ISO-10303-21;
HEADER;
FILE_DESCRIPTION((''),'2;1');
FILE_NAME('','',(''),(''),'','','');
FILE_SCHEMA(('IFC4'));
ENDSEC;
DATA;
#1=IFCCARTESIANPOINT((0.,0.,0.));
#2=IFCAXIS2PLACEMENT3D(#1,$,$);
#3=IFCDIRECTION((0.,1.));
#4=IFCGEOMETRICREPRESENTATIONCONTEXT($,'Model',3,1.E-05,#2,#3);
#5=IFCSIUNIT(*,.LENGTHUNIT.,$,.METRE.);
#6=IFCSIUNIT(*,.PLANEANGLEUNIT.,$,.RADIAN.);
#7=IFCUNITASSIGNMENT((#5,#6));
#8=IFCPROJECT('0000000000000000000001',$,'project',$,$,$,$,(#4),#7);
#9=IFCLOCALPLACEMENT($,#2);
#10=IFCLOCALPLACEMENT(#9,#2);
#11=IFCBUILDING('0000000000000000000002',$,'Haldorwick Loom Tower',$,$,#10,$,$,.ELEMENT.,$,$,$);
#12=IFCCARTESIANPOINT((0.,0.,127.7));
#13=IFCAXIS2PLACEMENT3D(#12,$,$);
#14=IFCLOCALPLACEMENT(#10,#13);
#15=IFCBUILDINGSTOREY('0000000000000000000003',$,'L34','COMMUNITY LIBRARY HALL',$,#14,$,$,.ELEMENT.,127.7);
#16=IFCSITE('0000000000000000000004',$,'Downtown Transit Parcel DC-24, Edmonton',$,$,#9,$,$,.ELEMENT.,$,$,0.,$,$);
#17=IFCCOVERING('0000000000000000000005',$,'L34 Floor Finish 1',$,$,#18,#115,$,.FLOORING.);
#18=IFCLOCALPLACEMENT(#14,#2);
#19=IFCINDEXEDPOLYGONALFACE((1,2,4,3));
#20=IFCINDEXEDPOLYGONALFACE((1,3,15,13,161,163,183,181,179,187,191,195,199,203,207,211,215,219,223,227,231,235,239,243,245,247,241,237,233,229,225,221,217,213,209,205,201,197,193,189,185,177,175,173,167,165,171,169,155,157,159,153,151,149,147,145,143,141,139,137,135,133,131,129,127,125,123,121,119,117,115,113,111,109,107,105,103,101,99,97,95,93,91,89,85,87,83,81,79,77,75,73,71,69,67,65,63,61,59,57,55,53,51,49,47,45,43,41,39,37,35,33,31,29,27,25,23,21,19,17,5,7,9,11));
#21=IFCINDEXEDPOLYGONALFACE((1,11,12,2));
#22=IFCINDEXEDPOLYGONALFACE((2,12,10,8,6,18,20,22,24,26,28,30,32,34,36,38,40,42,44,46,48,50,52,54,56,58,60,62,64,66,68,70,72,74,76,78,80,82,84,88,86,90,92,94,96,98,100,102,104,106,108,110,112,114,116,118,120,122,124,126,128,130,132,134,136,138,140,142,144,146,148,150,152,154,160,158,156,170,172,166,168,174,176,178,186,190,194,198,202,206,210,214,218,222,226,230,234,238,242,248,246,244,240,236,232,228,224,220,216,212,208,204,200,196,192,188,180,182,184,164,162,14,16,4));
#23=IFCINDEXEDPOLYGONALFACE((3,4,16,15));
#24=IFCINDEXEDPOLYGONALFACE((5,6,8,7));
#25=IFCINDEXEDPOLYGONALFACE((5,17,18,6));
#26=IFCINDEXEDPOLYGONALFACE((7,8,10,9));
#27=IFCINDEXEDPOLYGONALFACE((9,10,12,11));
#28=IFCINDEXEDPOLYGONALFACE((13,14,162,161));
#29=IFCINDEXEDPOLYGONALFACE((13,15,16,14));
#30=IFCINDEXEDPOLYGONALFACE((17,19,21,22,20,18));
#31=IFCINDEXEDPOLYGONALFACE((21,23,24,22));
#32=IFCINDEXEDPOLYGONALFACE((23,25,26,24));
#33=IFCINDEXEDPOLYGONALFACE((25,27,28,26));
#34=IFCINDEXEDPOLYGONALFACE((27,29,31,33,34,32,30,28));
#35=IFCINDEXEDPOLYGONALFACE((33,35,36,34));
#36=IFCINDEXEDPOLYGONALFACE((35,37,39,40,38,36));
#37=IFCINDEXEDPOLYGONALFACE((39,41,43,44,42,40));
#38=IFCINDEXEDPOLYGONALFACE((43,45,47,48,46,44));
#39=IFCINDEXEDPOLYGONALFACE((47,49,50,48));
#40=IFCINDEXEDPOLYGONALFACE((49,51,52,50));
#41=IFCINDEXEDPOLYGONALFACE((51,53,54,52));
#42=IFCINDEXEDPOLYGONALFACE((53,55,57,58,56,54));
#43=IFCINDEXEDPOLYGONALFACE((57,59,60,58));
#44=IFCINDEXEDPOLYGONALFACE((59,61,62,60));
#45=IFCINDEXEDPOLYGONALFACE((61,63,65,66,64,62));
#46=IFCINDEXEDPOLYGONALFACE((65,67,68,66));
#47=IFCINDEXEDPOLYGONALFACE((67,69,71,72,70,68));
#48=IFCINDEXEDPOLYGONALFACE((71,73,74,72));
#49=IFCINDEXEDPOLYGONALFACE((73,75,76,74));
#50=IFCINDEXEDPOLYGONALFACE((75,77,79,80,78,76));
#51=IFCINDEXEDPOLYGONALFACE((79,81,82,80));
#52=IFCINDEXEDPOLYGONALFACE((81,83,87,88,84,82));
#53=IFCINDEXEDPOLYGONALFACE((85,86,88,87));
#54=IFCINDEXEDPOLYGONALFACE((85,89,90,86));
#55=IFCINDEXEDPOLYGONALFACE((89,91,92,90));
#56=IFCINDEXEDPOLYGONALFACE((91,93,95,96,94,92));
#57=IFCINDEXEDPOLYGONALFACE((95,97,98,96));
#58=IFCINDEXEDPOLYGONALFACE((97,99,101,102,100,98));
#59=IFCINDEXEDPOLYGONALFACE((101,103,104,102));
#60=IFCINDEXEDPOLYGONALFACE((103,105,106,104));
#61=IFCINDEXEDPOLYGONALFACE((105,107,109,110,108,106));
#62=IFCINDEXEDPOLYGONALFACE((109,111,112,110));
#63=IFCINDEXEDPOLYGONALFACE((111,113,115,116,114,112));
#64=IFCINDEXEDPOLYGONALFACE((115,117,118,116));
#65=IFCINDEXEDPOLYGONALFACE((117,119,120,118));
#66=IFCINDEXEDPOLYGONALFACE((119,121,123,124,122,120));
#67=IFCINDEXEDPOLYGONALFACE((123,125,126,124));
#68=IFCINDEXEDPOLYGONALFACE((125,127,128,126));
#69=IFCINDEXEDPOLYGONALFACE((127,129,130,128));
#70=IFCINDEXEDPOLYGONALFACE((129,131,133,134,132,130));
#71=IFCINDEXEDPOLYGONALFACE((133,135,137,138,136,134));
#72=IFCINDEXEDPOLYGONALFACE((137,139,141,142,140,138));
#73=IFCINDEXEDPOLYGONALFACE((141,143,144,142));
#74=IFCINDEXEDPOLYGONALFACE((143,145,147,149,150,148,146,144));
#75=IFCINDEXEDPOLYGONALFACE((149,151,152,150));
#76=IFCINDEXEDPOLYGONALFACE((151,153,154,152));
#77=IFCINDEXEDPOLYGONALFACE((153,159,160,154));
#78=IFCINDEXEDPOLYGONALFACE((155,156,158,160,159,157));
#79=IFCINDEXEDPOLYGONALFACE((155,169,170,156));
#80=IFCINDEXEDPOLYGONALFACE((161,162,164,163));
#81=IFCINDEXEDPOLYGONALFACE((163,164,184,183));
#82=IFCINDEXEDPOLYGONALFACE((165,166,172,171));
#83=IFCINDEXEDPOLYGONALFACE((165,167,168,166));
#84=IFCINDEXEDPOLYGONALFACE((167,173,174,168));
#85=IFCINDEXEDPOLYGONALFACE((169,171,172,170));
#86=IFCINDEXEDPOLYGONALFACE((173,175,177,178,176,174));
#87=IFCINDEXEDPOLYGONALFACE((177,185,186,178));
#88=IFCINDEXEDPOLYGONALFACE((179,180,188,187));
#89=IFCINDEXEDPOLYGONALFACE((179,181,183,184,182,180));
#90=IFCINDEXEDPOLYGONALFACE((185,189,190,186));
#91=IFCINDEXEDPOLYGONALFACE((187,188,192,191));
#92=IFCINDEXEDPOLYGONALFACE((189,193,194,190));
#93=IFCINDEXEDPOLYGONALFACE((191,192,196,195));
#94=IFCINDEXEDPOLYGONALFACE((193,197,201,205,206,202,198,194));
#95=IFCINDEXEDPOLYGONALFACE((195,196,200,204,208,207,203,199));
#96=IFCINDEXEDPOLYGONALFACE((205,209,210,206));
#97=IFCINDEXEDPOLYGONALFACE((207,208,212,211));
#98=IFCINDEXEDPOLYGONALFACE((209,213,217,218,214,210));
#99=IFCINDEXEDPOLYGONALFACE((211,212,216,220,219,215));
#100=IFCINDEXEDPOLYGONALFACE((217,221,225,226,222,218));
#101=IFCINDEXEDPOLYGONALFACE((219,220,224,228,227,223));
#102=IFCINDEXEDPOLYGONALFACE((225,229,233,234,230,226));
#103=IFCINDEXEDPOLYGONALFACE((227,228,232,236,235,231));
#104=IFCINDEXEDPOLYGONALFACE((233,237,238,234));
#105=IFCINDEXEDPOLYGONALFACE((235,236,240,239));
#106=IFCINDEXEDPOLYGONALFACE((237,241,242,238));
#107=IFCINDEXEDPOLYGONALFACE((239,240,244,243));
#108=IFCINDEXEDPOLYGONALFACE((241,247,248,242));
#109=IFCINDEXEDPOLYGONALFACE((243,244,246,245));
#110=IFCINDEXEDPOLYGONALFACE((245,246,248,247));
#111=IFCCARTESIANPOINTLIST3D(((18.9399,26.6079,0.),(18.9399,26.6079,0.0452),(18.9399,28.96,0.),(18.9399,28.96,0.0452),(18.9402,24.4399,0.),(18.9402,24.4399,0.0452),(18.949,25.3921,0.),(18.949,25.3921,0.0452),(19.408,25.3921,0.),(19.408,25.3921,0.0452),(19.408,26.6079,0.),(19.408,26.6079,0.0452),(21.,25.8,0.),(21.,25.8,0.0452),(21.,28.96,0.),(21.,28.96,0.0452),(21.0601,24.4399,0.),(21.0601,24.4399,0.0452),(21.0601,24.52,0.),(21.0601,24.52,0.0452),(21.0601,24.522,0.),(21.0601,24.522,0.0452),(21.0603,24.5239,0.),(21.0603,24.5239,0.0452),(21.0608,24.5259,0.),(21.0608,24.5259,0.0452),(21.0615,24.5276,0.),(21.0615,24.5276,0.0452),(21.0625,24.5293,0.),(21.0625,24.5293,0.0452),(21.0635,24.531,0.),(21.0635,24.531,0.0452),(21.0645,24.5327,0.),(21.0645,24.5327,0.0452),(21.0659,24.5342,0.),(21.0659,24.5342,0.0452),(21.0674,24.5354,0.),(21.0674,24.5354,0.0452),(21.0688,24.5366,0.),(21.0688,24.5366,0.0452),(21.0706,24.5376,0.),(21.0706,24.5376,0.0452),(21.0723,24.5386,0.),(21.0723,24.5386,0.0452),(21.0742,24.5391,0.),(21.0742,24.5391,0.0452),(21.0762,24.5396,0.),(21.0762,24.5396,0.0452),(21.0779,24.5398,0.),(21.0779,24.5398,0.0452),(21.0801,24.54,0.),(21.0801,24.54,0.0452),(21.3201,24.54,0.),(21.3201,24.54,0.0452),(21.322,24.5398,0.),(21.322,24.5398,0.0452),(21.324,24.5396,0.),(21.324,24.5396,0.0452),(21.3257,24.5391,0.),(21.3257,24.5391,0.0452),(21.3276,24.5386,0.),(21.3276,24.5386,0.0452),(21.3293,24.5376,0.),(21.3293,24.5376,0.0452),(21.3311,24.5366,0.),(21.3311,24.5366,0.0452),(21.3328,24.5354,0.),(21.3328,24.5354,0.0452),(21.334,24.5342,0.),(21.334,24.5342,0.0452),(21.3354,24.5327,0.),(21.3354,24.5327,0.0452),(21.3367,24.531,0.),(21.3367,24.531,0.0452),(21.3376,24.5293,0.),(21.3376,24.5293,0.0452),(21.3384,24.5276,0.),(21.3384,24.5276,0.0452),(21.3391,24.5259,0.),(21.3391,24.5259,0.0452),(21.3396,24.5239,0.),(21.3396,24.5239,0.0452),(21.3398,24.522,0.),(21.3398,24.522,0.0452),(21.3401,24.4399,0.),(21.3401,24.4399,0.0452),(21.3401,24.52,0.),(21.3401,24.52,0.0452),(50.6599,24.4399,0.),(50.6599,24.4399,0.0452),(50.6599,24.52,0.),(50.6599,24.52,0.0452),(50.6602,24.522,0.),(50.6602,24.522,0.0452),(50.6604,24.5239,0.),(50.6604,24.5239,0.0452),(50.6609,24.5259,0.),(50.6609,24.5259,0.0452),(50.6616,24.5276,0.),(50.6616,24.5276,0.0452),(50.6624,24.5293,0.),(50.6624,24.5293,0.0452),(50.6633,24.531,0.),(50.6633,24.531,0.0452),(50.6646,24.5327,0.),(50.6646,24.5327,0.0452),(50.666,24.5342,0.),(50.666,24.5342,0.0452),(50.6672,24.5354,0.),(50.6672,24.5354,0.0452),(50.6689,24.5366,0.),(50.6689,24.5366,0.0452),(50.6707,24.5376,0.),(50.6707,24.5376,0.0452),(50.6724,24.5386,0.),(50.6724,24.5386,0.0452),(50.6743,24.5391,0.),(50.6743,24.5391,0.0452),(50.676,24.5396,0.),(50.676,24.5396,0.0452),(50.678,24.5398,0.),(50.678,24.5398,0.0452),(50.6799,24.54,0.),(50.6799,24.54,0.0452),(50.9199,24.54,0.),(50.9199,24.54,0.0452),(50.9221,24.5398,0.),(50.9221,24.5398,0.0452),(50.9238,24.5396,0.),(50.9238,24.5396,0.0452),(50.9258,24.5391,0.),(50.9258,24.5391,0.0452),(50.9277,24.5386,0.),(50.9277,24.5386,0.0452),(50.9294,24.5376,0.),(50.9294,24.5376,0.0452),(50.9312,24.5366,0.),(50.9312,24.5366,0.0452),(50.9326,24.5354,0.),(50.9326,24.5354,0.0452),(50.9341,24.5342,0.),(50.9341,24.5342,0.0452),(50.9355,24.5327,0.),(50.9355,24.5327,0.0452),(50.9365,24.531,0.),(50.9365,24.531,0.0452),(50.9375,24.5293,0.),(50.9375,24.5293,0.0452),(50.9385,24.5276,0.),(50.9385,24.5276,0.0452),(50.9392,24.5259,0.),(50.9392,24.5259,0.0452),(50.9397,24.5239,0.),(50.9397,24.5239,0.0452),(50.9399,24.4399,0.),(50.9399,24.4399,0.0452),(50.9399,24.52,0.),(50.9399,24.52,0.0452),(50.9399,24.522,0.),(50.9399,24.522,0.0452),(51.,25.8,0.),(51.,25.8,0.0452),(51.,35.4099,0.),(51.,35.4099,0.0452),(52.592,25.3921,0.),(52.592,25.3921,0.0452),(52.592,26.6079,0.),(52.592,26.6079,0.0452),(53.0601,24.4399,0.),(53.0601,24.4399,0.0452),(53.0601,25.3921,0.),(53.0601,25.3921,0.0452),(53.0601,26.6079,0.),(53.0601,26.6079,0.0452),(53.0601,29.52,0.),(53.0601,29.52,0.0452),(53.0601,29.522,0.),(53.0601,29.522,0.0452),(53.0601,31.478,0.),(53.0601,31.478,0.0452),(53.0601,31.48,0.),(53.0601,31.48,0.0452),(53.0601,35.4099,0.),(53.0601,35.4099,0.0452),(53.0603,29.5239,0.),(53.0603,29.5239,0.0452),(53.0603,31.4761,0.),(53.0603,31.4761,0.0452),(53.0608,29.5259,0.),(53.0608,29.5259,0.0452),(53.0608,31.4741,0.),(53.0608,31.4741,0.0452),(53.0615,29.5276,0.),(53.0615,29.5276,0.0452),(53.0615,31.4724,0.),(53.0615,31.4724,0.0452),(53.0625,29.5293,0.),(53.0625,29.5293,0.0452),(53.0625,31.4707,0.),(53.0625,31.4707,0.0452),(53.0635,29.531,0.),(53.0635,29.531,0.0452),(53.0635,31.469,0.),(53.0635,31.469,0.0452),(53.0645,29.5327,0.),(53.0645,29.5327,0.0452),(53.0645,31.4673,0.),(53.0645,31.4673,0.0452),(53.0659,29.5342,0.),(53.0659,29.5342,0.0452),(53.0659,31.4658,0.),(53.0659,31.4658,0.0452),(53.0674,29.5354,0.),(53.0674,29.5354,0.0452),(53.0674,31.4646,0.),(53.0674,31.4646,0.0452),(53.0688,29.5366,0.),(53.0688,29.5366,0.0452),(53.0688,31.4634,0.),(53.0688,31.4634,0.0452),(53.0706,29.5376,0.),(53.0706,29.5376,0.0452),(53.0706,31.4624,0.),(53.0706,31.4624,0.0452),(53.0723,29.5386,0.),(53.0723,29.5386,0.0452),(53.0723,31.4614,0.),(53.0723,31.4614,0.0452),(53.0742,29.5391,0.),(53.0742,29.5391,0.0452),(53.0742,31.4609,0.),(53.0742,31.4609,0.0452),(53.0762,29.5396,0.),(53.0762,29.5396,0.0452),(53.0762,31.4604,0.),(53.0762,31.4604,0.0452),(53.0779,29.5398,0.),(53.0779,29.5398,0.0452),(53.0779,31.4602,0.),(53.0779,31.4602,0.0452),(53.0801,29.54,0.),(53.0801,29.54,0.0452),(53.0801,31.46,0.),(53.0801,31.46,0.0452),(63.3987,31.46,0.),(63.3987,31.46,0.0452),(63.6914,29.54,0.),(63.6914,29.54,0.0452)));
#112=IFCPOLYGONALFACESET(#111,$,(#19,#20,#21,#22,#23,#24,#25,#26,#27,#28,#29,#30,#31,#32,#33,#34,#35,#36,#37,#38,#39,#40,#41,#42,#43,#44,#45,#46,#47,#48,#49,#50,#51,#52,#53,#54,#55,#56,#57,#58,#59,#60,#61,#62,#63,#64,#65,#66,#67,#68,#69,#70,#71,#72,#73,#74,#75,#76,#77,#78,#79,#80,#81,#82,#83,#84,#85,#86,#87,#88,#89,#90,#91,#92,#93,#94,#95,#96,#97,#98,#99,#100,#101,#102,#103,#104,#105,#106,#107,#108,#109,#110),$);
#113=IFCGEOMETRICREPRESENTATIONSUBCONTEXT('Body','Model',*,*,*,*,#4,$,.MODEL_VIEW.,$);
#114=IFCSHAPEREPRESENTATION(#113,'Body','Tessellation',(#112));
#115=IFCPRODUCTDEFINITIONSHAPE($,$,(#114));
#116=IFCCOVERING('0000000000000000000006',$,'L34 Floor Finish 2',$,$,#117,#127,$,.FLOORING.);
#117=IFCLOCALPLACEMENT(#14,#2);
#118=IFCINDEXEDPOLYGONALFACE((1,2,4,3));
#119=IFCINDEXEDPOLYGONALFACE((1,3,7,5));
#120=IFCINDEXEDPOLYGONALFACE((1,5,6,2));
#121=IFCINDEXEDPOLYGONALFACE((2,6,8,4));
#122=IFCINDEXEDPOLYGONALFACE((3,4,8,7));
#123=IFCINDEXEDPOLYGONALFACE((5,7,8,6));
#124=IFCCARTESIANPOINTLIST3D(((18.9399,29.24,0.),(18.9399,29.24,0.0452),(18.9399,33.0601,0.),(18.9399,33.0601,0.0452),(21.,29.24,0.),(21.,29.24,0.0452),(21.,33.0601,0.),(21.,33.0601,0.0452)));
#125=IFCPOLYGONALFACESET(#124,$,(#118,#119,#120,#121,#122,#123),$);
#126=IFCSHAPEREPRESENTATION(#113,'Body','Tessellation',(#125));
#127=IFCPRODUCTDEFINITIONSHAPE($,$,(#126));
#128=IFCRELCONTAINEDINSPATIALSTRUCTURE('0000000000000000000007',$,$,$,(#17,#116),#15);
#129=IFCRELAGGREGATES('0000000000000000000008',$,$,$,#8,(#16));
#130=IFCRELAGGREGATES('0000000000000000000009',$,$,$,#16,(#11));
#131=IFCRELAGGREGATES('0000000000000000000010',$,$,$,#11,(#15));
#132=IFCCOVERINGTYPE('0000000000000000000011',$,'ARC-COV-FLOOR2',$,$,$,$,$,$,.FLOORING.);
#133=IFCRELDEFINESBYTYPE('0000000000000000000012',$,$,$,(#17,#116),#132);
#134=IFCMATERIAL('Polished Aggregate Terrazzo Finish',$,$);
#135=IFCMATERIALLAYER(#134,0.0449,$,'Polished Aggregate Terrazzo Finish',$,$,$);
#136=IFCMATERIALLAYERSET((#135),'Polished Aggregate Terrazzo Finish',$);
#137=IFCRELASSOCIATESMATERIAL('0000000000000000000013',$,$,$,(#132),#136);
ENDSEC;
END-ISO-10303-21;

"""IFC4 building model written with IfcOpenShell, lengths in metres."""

from ifc_helpers import new_model, si_unit, direction, frame, origin, place, context, subcontext, project, spatial, polyline, outline, extrude, material, layer, layer_set, type_object, element, save


model = new_model("IFC4")

# Units and contexts
model_context = context("Model", 3, precision=1e-05, world=origin(), true_north=direction((0.0, 1.0)))
body_context = subcontext(model_context, "Body", "Model", "MODEL_VIEW")
ifc_project = project(units=[si_unit("LENGTHUNIT", "METRE"), si_unit("PLANEANGLEUNIT", "RADIAN")], contexts=[model_context])

# Site, building, storey
site_placement = place(None, origin())
site = spatial("IfcSite", under=ifc_project, at=site_placement, Name="Downtown Transit Parcel DC-24, Edmonton", CompositionType="ELEMENT", RefElevation=0.0)
building_placement = place(site_placement, origin())
building = spatial("IfcBuilding", under=site, at=building_placement, Name="Haldorwick Loom Tower", CompositionType="ELEMENT")
storey_placement = place(building_placement, frame((0.0, 0.0, 127.7)))
storey = spatial("IfcBuildingStorey", under=building, at=storey_placement, Name="L34", Description="COMMUNITY LIBRARY HALL", CompositionType="ELEMENT", Elevation=127.7)

# Coverings
ifc_material_1 = material(Name="Polished Aggregate Terrazzo Finish")
ifc_layer_1 = layer(ifc_material_1, 0.0449, Name="Polished Aggregate Terrazzo Finish")
ifc_layer_set_1 = layer_set([ifc_layer_1], Name="Polished Aggregate Terrazzo Finish")
covering_type_1 = type_object("IfcCoveringType", Name="ARC-COV-FLOOR2", PredefinedType="FLOORING", material=ifc_layer_set_1)
covering_1_placement = place(storey_placement, origin())
element("IfcCovering", 1, at=covering_1_placement, inside=storey, type_object=covering_type_1, Name="L34 Floor Finish 1", PredefinedType="FLOORING", context=body_context, shape_type="SweptSolid", body=[
    extrude(outline(polyline([(18.9399, 26.6079), (19.408, 26.6079), (19.408, 25.3921), (18.949, 25.3921), (18.9402, 24.4399), (21.0601, 24.4399), (21.0601, 24.52), (21.0601, 24.522), (21.0603, 24.5239), (21.0608, 24.5259), (21.0615, 24.5276), (21.0625, 24.5293), (21.0635, 24.531), (21.0645, 24.5327), (21.0659, 24.5342), (21.0674, 24.5354), (21.0688, 24.5366), (21.0706, 24.5376), (21.0723, 24.5386), (21.0742, 24.5391), (21.0762, 24.5396), (21.0779, 24.5398), (21.0801, 24.54), (21.3201, 24.54), (21.322, 24.5398), (21.324, 24.5396), (21.3257, 24.5391), (21.3276, 24.5386), (21.3293, 24.5376), (21.3311, 24.5366), (21.3328, 24.5354), (21.334, 24.5342), (21.3354, 24.5327), (21.3367, 24.531), (21.3376, 24.5293), (21.3384, 24.5276), (21.3391, 24.5259), (21.3396, 24.5239), (21.3398, 24.522), (21.3401, 24.52), (21.3401, 24.4399), (50.6599, 24.4399), (50.6599, 24.52), (50.6602, 24.522), (50.6604, 24.5239), (50.6609, 24.5259), (50.6616, 24.5276), (50.6624, 24.5293), (50.6633, 24.531), (50.6646, 24.5327), (50.666, 24.5342), (50.6672, 24.5354), (50.6689, 24.5366), (50.6707, 24.5376), (50.6724, 24.5386), (50.6743, 24.5391), (50.676, 24.5396), (50.678, 24.5398), (50.6799, 24.54), (50.9199, 24.54), (50.9221, 24.5398), (50.9238, 24.5396), (50.9258, 24.5391), (50.9277, 24.5386), (50.9294, 24.5376), (50.9312, 24.5366), (50.9326, 24.5354), (50.9341, 24.5342), (50.9355, 24.5327), (50.9365, 24.531), (50.9375, 24.5293), (50.9385, 24.5276), (50.9392, 24.5259), (50.9397, 24.5239), (50.9399, 24.522), (50.9399, 24.52), (50.9399, 24.4399), (53.0601, 24.4399), (53.0601, 25.3921), (52.592, 25.3921), (52.592, 26.6079), (53.0601, 26.6079), (53.0601, 29.52), (53.0601, 29.522), (53.0603, 29.5239), (53.0608, 29.5259), (53.0615, 29.5276), (53.0625, 29.5293), (53.0635, 29.531), (53.0645, 29.5327), (53.0659, 29.5342), (53.0674, 29.5354), (53.0688, 29.5366), (53.0706, 29.5376), (53.0723, 29.5386), (53.0742, 29.5391), (53.0762, 29.5396), (53.0779, 29.5398), (53.0801, 29.54), (63.6914, 29.54), (63.3987, 31.46), (53.0801, 31.46), (53.0779, 31.4602), (53.0762, 31.4604), (53.0742, 31.4609), (53.0723, 31.4614), (53.0706, 31.4624), (53.0688, 31.4634), (53.0674, 31.4646), (53.0659, 31.4658), (53.0645, 31.4673), (53.0635, 31.469), (53.0625, 31.4707), (53.0615, 31.4724), (53.0608, 31.4741), (53.0603, 31.4761), (53.0601, 31.478), (53.0601, 31.48), (53.0601, 35.4099), (51.0, 35.4099), (51.0, 25.8), (21.0, 25.8), (21.0, 28.96), (18.9399, 28.96), (18.9399, 26.6079)])), origin(), (0.0, 0.0, 1.0), 0.0452),
])
covering_2_placement = place(storey_placement, origin())
element("IfcCovering", 2, at=covering_2_placement, inside=storey, type_object=covering_type_1, Name="L34 Floor Finish 2", PredefinedType="FLOORING", context=body_context, shape_type="SweptSolid", body=[
    extrude(outline(polyline([(18.9399, 33.0601), (18.9399, 29.24), (21.0, 29.24), (21.0, 33.0601), (18.9399, 33.0601)])), origin(), (0.0, 0.0, 1.0), 0.0452),
])

save(model, "model.ifc")
